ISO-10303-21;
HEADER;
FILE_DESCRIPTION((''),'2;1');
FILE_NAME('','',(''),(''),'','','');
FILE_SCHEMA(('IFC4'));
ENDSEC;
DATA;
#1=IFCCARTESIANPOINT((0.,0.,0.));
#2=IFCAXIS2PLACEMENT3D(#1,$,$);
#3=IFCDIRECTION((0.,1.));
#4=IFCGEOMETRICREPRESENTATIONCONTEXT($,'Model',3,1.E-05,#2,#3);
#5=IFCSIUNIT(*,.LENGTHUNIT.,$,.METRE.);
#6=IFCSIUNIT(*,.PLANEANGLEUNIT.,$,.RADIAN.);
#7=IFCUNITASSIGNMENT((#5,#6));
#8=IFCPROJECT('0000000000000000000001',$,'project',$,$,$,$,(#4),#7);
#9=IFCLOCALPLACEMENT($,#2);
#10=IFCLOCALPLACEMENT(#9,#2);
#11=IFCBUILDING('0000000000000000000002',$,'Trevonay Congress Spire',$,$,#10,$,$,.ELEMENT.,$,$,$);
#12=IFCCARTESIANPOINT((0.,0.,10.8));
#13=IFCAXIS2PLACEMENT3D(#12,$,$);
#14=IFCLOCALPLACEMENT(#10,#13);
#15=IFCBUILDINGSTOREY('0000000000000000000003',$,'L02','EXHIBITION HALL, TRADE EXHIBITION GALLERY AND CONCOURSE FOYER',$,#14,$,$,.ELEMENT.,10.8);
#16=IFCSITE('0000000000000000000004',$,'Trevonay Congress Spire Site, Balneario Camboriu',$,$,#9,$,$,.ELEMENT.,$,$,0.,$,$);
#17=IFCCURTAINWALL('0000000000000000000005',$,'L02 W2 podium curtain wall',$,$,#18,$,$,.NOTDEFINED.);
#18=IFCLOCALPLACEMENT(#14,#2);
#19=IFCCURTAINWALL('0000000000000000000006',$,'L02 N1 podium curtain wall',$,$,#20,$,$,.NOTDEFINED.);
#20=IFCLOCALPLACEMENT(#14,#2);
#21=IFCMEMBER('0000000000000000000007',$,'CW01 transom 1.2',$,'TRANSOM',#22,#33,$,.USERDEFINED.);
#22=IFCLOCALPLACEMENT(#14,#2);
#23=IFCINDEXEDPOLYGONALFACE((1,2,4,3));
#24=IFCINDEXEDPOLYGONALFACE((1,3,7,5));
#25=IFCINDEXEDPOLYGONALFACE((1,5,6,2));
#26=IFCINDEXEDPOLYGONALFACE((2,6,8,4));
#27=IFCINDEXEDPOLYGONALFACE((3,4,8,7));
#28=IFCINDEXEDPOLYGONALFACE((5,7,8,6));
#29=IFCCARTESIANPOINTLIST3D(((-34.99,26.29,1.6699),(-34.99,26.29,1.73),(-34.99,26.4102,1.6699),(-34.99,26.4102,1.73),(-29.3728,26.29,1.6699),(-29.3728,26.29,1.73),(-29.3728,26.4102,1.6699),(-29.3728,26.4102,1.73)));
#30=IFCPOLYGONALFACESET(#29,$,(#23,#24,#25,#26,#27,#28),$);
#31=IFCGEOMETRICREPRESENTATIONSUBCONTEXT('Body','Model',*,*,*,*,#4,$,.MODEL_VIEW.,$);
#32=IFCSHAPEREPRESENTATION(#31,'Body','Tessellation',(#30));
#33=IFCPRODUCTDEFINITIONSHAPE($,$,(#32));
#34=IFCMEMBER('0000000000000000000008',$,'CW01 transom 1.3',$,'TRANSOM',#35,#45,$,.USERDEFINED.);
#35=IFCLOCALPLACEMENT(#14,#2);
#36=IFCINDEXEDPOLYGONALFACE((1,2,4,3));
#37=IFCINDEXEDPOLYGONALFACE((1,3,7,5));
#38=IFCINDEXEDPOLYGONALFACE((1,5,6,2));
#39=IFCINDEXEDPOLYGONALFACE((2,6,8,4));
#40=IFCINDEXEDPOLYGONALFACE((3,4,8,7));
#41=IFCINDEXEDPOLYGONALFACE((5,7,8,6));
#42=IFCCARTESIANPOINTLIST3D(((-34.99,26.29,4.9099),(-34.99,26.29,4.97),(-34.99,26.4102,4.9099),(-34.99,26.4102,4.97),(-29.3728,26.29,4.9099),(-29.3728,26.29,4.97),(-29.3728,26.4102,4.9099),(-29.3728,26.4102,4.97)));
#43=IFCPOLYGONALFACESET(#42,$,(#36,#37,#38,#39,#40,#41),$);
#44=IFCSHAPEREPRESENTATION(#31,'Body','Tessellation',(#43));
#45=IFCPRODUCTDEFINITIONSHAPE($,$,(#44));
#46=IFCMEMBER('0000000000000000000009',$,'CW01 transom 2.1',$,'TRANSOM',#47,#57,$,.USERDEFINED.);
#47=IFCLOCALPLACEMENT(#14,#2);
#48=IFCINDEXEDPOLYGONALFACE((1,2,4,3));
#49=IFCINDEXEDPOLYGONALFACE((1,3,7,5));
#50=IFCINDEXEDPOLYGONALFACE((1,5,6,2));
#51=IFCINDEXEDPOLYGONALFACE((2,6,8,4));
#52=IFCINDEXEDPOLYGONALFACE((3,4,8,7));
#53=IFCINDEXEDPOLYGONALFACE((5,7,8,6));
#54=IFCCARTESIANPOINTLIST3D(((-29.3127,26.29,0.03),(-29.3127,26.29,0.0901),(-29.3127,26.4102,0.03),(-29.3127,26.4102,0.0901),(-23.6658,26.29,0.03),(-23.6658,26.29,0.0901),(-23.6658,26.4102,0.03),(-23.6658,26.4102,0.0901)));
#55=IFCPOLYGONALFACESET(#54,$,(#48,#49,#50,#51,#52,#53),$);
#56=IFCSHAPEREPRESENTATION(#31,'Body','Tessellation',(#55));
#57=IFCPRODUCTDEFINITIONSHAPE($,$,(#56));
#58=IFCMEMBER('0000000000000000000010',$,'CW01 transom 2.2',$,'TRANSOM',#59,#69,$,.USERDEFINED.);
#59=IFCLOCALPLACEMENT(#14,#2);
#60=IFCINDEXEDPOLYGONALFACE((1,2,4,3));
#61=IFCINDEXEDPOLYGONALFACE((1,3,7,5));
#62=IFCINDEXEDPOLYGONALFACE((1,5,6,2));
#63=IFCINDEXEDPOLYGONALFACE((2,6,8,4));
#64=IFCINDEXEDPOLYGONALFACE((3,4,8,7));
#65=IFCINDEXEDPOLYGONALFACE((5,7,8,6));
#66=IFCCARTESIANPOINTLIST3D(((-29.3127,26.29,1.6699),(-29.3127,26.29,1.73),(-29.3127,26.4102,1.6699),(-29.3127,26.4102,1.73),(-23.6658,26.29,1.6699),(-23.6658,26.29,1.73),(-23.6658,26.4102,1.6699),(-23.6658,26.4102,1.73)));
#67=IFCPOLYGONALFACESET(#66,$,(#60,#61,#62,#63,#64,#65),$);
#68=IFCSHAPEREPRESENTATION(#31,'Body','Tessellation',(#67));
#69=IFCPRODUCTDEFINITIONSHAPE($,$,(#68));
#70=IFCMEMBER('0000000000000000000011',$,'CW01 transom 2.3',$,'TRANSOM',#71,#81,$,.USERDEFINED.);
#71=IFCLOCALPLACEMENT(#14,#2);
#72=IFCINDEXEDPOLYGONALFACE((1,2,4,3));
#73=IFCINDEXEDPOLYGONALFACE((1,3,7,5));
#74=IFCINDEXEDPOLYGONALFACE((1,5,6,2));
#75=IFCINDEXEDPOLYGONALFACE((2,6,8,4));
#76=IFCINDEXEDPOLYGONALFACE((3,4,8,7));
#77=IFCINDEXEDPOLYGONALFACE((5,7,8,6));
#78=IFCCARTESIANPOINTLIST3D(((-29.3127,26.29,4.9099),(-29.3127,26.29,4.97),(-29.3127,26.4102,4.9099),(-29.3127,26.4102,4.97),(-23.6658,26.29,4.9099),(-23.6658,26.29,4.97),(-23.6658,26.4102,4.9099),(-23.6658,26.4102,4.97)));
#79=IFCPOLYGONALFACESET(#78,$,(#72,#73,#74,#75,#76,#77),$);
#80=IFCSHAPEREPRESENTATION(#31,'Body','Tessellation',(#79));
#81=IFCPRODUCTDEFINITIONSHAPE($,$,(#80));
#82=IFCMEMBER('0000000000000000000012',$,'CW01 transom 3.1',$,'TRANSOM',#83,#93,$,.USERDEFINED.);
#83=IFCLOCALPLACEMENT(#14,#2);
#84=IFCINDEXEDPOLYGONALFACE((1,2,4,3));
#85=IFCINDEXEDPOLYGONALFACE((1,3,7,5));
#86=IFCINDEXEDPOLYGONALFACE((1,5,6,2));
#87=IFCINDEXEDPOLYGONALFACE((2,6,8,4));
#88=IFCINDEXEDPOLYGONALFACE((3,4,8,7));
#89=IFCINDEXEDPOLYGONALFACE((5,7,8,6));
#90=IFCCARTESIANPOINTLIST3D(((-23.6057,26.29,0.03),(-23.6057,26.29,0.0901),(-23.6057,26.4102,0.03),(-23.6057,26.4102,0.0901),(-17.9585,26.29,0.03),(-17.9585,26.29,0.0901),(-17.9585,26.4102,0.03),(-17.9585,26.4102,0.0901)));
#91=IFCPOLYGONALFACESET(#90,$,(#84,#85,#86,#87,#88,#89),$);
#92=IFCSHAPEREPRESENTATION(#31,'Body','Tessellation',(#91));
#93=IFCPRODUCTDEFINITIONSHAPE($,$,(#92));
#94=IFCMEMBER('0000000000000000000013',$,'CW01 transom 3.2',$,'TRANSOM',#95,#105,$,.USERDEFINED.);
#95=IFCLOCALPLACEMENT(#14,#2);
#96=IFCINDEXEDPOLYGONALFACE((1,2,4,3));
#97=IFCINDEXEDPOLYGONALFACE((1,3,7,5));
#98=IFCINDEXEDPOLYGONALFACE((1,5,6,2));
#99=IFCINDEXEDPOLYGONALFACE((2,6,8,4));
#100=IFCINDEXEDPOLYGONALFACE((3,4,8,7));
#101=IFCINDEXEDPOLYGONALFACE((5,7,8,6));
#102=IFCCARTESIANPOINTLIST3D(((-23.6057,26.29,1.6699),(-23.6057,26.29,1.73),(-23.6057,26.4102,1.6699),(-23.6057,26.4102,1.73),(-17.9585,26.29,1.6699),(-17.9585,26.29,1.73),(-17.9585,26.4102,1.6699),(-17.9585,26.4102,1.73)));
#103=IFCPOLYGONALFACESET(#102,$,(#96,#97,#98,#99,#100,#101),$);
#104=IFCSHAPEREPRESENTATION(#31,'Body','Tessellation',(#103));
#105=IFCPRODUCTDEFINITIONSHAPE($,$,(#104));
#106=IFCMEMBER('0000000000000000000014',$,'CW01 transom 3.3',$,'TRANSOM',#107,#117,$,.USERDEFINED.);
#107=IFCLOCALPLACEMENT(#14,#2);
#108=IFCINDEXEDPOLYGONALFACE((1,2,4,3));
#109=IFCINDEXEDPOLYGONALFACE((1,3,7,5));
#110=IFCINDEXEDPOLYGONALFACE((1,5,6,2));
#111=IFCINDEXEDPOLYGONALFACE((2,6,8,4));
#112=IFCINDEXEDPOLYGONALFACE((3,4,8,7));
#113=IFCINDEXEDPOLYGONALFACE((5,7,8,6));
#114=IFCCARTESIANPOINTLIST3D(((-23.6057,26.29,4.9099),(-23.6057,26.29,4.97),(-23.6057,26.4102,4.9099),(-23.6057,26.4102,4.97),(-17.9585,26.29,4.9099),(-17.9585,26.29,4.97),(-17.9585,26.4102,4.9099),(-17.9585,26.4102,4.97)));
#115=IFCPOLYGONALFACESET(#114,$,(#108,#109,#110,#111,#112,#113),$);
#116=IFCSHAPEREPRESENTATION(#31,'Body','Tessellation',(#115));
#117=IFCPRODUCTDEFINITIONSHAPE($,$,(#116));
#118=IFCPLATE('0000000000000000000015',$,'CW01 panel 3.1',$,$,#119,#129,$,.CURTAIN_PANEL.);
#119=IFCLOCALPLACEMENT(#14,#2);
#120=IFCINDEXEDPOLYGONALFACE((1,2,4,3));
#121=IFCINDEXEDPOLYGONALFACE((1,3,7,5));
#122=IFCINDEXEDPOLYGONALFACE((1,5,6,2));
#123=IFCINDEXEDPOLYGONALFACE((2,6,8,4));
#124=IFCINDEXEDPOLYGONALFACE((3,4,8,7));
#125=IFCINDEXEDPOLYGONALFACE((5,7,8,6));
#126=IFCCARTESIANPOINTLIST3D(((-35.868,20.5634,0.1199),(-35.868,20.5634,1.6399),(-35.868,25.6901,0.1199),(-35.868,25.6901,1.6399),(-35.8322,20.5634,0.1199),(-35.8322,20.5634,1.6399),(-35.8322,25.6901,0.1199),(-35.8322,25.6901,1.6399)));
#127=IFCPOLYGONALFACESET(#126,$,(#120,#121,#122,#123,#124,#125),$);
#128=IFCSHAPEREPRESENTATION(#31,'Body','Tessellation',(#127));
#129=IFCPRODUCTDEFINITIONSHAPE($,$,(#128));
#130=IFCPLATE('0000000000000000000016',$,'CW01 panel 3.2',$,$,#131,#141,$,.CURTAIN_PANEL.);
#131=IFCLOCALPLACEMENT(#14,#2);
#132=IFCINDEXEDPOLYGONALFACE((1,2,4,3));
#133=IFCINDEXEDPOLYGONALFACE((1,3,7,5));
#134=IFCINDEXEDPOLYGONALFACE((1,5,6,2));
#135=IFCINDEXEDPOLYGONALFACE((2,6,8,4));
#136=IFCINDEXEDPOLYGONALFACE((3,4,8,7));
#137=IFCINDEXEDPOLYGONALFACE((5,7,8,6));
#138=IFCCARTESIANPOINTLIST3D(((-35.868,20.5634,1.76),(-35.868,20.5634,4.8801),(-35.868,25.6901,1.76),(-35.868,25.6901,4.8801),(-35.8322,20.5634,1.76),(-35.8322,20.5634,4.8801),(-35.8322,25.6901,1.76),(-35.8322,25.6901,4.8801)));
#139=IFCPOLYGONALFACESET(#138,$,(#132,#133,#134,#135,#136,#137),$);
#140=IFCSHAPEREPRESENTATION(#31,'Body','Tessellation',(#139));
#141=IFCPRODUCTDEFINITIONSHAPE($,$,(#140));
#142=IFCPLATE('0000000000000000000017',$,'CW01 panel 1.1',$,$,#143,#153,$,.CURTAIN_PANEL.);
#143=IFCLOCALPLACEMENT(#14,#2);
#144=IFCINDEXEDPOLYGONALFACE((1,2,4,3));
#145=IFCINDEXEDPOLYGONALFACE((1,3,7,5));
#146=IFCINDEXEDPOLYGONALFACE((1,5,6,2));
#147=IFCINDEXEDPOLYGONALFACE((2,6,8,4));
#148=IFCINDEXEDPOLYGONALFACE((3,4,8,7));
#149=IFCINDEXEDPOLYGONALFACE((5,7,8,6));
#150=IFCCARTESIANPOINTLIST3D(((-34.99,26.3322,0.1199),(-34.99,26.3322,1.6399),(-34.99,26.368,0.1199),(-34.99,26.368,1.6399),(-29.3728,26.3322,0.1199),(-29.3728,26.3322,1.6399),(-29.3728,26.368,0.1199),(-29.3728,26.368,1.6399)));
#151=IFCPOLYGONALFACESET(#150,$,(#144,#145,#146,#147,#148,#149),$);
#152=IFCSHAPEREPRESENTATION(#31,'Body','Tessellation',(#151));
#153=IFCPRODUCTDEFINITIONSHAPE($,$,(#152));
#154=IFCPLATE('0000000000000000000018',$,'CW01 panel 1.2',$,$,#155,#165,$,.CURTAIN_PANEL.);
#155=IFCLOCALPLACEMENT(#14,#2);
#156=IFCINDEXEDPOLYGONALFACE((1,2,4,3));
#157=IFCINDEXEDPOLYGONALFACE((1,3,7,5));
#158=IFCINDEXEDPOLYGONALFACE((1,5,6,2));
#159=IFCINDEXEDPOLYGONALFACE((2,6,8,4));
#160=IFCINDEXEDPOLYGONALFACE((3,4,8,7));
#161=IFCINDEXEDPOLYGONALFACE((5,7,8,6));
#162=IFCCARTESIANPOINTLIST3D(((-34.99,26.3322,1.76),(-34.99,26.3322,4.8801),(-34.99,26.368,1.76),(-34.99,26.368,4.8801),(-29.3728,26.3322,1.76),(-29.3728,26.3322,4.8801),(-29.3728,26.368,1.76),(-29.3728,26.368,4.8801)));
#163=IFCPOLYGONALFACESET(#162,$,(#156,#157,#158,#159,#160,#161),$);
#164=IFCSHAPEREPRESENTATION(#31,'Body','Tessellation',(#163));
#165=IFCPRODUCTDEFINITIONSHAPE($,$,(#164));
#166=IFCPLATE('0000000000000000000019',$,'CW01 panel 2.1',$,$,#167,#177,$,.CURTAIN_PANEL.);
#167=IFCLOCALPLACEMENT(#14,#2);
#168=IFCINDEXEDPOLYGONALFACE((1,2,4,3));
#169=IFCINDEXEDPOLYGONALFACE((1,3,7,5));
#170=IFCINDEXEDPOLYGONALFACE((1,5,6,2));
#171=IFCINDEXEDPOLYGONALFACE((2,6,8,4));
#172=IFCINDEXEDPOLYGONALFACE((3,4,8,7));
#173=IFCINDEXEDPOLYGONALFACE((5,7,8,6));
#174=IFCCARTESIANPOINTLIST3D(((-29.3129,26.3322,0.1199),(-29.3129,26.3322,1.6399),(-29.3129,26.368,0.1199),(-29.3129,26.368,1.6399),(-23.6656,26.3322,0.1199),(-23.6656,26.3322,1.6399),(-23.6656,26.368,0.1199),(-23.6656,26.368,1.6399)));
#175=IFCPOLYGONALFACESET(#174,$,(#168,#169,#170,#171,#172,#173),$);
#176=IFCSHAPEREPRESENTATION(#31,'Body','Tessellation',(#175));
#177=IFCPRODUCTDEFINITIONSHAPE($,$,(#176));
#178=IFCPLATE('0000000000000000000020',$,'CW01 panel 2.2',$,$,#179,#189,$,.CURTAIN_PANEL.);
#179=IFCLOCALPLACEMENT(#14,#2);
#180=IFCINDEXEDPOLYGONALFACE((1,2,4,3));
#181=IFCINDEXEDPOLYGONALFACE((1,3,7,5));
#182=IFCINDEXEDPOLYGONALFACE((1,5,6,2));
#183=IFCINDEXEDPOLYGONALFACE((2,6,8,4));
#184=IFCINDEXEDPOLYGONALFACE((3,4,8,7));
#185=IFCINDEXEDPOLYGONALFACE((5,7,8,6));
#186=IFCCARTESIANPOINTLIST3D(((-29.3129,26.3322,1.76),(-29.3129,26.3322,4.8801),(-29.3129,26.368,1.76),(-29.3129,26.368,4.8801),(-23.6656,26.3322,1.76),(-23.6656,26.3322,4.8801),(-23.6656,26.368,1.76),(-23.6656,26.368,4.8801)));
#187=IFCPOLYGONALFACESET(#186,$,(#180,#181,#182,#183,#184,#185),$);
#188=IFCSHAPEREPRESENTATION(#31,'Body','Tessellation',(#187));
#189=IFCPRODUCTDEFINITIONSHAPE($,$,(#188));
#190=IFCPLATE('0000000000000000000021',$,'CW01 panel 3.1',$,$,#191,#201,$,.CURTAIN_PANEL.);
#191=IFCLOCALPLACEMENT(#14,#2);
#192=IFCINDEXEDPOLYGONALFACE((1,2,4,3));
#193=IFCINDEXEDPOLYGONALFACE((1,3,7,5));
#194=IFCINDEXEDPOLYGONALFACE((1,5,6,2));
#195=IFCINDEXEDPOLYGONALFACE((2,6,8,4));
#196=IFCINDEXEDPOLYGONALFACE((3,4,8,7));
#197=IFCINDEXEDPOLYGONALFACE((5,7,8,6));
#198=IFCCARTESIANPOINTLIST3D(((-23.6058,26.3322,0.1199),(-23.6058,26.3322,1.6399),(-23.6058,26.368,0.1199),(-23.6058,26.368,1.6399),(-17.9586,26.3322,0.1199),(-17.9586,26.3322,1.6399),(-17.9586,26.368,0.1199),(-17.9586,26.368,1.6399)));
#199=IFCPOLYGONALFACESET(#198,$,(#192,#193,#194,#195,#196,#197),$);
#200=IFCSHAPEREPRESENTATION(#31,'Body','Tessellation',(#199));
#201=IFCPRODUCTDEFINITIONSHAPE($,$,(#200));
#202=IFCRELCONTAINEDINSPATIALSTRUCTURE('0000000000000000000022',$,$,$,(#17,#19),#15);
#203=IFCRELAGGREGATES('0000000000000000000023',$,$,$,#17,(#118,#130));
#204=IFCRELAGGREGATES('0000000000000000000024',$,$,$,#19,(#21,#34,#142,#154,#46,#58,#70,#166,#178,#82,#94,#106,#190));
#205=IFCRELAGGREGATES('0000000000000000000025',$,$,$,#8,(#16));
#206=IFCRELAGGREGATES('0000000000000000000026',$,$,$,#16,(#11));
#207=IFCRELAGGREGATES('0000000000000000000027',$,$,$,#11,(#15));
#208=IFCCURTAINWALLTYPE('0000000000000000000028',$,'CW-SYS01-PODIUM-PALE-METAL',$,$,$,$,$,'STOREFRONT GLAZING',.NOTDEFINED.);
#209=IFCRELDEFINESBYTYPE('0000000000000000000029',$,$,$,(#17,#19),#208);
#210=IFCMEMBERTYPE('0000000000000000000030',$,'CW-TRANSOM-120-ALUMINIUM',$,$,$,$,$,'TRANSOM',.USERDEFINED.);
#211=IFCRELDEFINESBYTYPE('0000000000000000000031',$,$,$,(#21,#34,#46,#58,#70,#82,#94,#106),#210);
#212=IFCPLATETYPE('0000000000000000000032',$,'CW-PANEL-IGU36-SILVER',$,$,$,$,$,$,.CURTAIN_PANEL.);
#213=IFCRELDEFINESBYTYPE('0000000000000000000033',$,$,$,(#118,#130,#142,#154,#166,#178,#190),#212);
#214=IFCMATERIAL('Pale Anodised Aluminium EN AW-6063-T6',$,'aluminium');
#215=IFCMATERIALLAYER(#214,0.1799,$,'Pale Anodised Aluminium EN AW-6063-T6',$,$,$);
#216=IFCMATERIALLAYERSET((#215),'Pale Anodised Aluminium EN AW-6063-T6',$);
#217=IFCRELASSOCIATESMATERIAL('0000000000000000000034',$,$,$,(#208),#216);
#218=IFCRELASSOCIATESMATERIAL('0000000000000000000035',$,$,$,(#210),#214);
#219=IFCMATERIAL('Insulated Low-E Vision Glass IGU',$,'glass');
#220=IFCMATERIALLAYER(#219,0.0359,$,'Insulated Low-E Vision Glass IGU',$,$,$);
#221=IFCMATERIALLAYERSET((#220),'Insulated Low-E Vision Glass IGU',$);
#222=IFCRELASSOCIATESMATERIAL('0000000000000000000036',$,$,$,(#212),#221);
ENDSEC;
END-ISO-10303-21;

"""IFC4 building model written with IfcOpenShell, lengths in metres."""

from ifc_helpers import new_model, si_unit, direction, frame, origin, origin_2d, place, context, subcontext, project, spatial, rectangle, extrude, material, layer, layer_set, material_profile, profile_set, type_object, element, aggregate, save


model = new_model("IFC4")

# Units and contexts
model_context = context("Model", 3, precision=1e-05, world=origin(), true_north=direction((0.0, 1.0)))
body_context = subcontext(model_context, "Body", "Model", "MODEL_VIEW")
ifc_project = project(units=[si_unit("LENGTHUNIT", "METRE"), si_unit("PLANEANGLEUNIT", "RADIAN")], contexts=[model_context])

# Site, building, storey
site_placement = place(None, origin())
site = spatial("IfcSite", under=ifc_project, at=site_placement, Name="Trevonay Congress Spire Site, Balneario Camboriu", CompositionType="ELEMENT", RefElevation=0.0)
building_placement = place(site_placement, origin())
building = spatial("IfcBuilding", under=site, at=building_placement, Name="Trevonay Congress Spire", CompositionType="ELEMENT")
storey_placement = place(building_placement, frame((0.0, 0.0, 10.8)))
storey = spatial("IfcBuildingStorey", under=building, at=storey_placement, Name="L02", Description="EXHIBITION HALL, TRADE EXHIBITION GALLERY AND CONCOURSE FOYER", CompositionType="ELEMENT", Elevation=10.8)

# Curtain walls
ifc_material_1 = material(Name="Pale Anodised Aluminium EN AW-6063-T6", Category="aluminium")
ifc_layer_1 = layer(ifc_material_1, 0.1799, Name="Pale Anodised Aluminium EN AW-6063-T6")
ifc_layer_set_1 = layer_set([ifc_layer_1], Name="Pale Anodised Aluminium EN AW-6063-T6")
curtain_wall_type = type_object("IfcCurtainWallType", Name="CW-SYS01-PODIUM-PALE-METAL", ElementType="STOREFRONT GLAZING", PredefinedType="NOTDEFINED", material=ifc_layer_set_1)
curtain_wall_1_placement = place(storey_placement, origin())
curtain_wall_1 = element("IfcCurtainWall", 1, at=curtain_wall_1_placement, inside=storey, type_object=curtain_wall_type, Name="L02 W2 podium curtain wall", PredefinedType="NOTDEFINED")
curtain_wall_2_placement = place(storey_placement, origin())
curtain_wall_2 = element("IfcCurtainWall", 2, at=curtain_wall_2_placement, inside=storey, type_object=curtain_wall_type, Name="L02 N1 podium curtain wall", PredefinedType="NOTDEFINED")

# Members
ifc_material_profile_1 = material_profile(ifc_material_1, rectangle(XDim=0.1201, YDim=0.0601, at=origin_2d()), Name="CW-TRANSOM-120-ALUMINIUM")
ifc_profile_set_1 = profile_set([ifc_material_profile_1], Name="Pale Anodised Aluminium EN AW-6063-T6")
member_type_1 = type_object("IfcMemberType", Name="CW-TRANSOM-120-ALUMINIUM", ElementType="TRANSOM", PredefinedType="USERDEFINED", material=ifc_profile_set_1)
member_1_placement = place(storey_placement, frame((-34.99, 26.3501, 1.7), z_axis=(1.0, 0.0, 0.0), x_axis=(0.0, 1.0, 0.0)))
member_1 = element("IfcMember", 3, at=member_1_placement, type_object=member_type_1, Name="CW01 transom 1.2", ObjectType="TRANSOM", PredefinedType="USERDEFINED", context=body_context, shape_type="SweptSolid", body=[
    extrude(rectangle(XDim=0.1201, YDim=0.0601, at=origin_2d()), origin(), (0.0, 0.0, 1.0), 5.6172),
])
member_2_placement = place(storey_placement, frame((-34.99, 26.3501, 4.9399), z_axis=(1.0, 0.0, 0.0), x_axis=(0.0, 1.0, 0.0)))
member_2 = element("IfcMember", 4, at=member_2_placement, type_object=member_type_1, Name="CW01 transom 1.3", ObjectType="TRANSOM", PredefinedType="USERDEFINED", context=body_context, shape_type="SweptSolid", body=[
    extrude(rectangle(XDim=0.1201, YDim=0.0601, at=origin_2d()), origin(), (0.0, 0.0, 1.0), 5.6172),
])
member_3_placement = place(storey_placement, frame((-29.3127, 26.3501, 0.0601), z_axis=(1.0, 0.0, 0.0), x_axis=(0.0, 1.0, 0.0)))
member_3 = element("IfcMember", 5, at=member_3_placement, type_object=member_type_1, Name="CW01 transom 2.1", ObjectType="TRANSOM", PredefinedType="USERDEFINED", context=body_context, shape_type="SweptSolid", body=[
    extrude(rectangle(XDim=0.1201, YDim=0.0601, at=origin_2d()), origin(), (0.0, 0.0, 1.0), 5.647),
])
member_4_placement = place(storey_placement, frame((-29.3127, 26.3501, 1.7), z_axis=(1.0, 0.0, 0.0), x_axis=(0.0, 1.0, 0.0)))
member_4 = element("IfcMember", 6, at=member_4_placement, type_object=member_type_1, Name="CW01 transom 2.2", ObjectType="TRANSOM", PredefinedType="USERDEFINED", context=body_context, shape_type="SweptSolid", body=[
    extrude(rectangle(XDim=0.1201, YDim=0.0601, at=origin_2d()), origin(), (0.0, 0.0, 1.0), 5.647),
])
member_5_placement = place(storey_placement, frame((-29.3127, 26.3501, 4.9399), z_axis=(1.0, 0.0, 0.0), x_axis=(0.0, 1.0, 0.0)))
member_5 = element("IfcMember", 7, at=member_5_placement, type_object=member_type_1, Name="CW01 transom 2.3", ObjectType="TRANSOM", PredefinedType="USERDEFINED", context=body_context, shape_type="SweptSolid", body=[
    extrude(rectangle(XDim=0.1201, YDim=0.0601, at=origin_2d()), origin(), (0.0, 0.0, 1.0), 5.647),
])
member_6_placement = place(storey_placement, frame((-23.6057, 26.3501, 0.0601), z_axis=(1.0, 0.0, 0.0), x_axis=(0.0, 1.0, 0.0)))
member_6 = element("IfcMember", 8, at=member_6_placement, type_object=member_type_1, Name="CW01 transom 3.1", ObjectType="TRANSOM", PredefinedType="USERDEFINED", context=body_context, shape_type="SweptSolid", body=[
    extrude(rectangle(XDim=0.1201, YDim=0.0601, at=origin_2d()), origin(), (0.0, 0.0, 1.0), 5.6472),
])
member_7_placement = place(storey_placement, frame((-23.6057, 26.3501, 1.7), z_axis=(1.0, 0.0, 0.0), x_axis=(0.0, 1.0, 0.0)))
member_7 = element("IfcMember", 9, at=member_7_placement, type_object=member_type_1, Name="CW01 transom 3.2", ObjectType="TRANSOM", PredefinedType="USERDEFINED", context=body_context, shape_type="SweptSolid", body=[
    extrude(rectangle(XDim=0.1201, YDim=0.0601, at=origin_2d()), origin(), (0.0, 0.0, 1.0), 5.6472),
])
member_8_placement = place(storey_placement, frame((-23.6057, 26.3501, 4.9399), z_axis=(1.0, 0.0, 0.0), x_axis=(0.0, 1.0, 0.0)))
member_8 = element("IfcMember", 10, at=member_8_placement, type_object=member_type_1, Name="CW01 transom 3.3", ObjectType="TRANSOM", PredefinedType="USERDEFINED", context=body_context, shape_type="SweptSolid", body=[
    extrude(rectangle(XDim=0.1201, YDim=0.0601, at=origin_2d()), origin(), (0.0, 0.0, 1.0), 5.6472),
])

# Plates
ifc_material_2 = material(Name="Insulated Low-E Vision Glass IGU", Category="glass")
ifc_layer_2 = layer(ifc_material_2, 0.0359, Name="Insulated Low-E Vision Glass IGU")
ifc_layer_set_2 = layer_set([ifc_layer_2], Name="Insulated Low-E Vision Glass IGU")
plate_type = type_object("IfcPlateType", Name="CW-PANEL-IGU36-SILVER", PredefinedType="CURTAIN_PANEL", material=ifc_layer_set_2)
plate_1_placement = place(storey_placement, frame((-35.8501, 23.1267, 0.1199), z_axis=(0.0, 0.0, 1.0), x_axis=(0.0, 1.0, 0.0)))
plate_1 = element("IfcPlate", 11, at=plate_1_placement, type_object=plate_type, Name="CW01 panel 3.1", PredefinedType="CURTAIN_PANEL", context=body_context, shape_type="SweptSolid", body=[
    extrude(rectangle(XDim=5.1267, YDim=0.0359, at=origin_2d()), origin(), (0.0, 0.0, 1.0), 1.52),
])
plate_2_placement = place(storey_placement, frame((-35.8501, 23.1267, 1.76), z_axis=(0.0, 0.0, 1.0), x_axis=(0.0, 1.0, 0.0)))
plate_2 = element("IfcPlate", 12, at=plate_2_placement, type_object=plate_type, Name="CW01 panel 3.2", PredefinedType="CURTAIN_PANEL", context=body_context, shape_type="SweptSolid", body=[
    extrude(rectangle(XDim=5.1267, YDim=0.0359, at=origin_2d()), origin(), (0.0, 0.0, 1.0), 3.1201),
])
aggregate(curtain_wall_1, [plate_1, plate_2])
plate_3_placement = place(storey_placement, frame((-32.1814, 26.3501, 0.1199), z_axis=(0.0, 0.0, 1.0), x_axis=(1.0, 0.0, 0.0)))
plate_3 = element("IfcPlate", 13, at=plate_3_placement, type_object=plate_type, Name="CW01 panel 1.1", PredefinedType="CURTAIN_PANEL", context=body_context, shape_type="SweptSolid", body=[
    extrude(rectangle(XDim=5.6172, YDim=0.0359, at=origin_2d()), origin(), (0.0, 0.0, 1.0), 1.52),
])
plate_4_placement = place(storey_placement, frame((-32.1814, 26.3501, 1.76), z_axis=(0.0, 0.0, 1.0), x_axis=(1.0, 0.0, 0.0)))
plate_4 = element("IfcPlate", 14, at=plate_4_placement, type_object=plate_type, Name="CW01 panel 1.2", PredefinedType="CURTAIN_PANEL", context=body_context, shape_type="SweptSolid", body=[
    extrude(rectangle(XDim=5.6172, YDim=0.0359, at=origin_2d()), origin(), (0.0, 0.0, 1.0), 3.1201),
])
plate_5_placement = place(storey_placement, frame((-26.4893, 26.3501, 0.1199), z_axis=(0.0, 0.0, 1.0), x_axis=(1.0, 0.0, 0.0)))
plate_5 = element("IfcPlate", 15, at=plate_5_placement, type_object=plate_type, Name="CW01 panel 2.1", PredefinedType="CURTAIN_PANEL", context=body_context, shape_type="SweptSolid", body=[
    extrude(rectangle(XDim=5.6472, YDim=0.0359, at=origin_2d()), origin(), (0.0, 0.0, 1.0), 1.52),
])
plate_6_placement = place(storey_placement, frame((-26.4893, 26.3501, 1.76), z_axis=(0.0, 0.0, 1.0), x_axis=(1.0, 0.0, 0.0)))
plate_6 = element("IfcPlate", 16, at=plate_6_placement, type_object=plate_type, Name="CW01 panel 2.2", PredefinedType="CURTAIN_PANEL", context=body_context, shape_type="SweptSolid", body=[
    extrude(rectangle(XDim=5.6472, YDim=0.0359, at=origin_2d()), origin(), (0.0, 0.0, 1.0), 3.1201),
])
plate_7_placement = place(storey_placement, frame((-20.7822, 26.3501, 0.1199), z_axis=(0.0, 0.0, 1.0), x_axis=(1.0, 0.0, 0.0)))
plate_7 = element("IfcPlate", 17, at=plate_7_placement, type_object=plate_type, Name="CW01 panel 3.1", PredefinedType="CURTAIN_PANEL", context=body_context, shape_type="SweptSolid", body=[
    extrude(rectangle(XDim=5.6472, YDim=0.0359, at=origin_2d()), origin(), (0.0, 0.0, 1.0), 1.52),
])
aggregate(curtain_wall_2, [member_1, member_2, plate_3, plate_4, member_3, member_4, member_5, plate_5, plate_6, member_6, member_7, member_8, plate_7])

save(model, "model.ifc")
